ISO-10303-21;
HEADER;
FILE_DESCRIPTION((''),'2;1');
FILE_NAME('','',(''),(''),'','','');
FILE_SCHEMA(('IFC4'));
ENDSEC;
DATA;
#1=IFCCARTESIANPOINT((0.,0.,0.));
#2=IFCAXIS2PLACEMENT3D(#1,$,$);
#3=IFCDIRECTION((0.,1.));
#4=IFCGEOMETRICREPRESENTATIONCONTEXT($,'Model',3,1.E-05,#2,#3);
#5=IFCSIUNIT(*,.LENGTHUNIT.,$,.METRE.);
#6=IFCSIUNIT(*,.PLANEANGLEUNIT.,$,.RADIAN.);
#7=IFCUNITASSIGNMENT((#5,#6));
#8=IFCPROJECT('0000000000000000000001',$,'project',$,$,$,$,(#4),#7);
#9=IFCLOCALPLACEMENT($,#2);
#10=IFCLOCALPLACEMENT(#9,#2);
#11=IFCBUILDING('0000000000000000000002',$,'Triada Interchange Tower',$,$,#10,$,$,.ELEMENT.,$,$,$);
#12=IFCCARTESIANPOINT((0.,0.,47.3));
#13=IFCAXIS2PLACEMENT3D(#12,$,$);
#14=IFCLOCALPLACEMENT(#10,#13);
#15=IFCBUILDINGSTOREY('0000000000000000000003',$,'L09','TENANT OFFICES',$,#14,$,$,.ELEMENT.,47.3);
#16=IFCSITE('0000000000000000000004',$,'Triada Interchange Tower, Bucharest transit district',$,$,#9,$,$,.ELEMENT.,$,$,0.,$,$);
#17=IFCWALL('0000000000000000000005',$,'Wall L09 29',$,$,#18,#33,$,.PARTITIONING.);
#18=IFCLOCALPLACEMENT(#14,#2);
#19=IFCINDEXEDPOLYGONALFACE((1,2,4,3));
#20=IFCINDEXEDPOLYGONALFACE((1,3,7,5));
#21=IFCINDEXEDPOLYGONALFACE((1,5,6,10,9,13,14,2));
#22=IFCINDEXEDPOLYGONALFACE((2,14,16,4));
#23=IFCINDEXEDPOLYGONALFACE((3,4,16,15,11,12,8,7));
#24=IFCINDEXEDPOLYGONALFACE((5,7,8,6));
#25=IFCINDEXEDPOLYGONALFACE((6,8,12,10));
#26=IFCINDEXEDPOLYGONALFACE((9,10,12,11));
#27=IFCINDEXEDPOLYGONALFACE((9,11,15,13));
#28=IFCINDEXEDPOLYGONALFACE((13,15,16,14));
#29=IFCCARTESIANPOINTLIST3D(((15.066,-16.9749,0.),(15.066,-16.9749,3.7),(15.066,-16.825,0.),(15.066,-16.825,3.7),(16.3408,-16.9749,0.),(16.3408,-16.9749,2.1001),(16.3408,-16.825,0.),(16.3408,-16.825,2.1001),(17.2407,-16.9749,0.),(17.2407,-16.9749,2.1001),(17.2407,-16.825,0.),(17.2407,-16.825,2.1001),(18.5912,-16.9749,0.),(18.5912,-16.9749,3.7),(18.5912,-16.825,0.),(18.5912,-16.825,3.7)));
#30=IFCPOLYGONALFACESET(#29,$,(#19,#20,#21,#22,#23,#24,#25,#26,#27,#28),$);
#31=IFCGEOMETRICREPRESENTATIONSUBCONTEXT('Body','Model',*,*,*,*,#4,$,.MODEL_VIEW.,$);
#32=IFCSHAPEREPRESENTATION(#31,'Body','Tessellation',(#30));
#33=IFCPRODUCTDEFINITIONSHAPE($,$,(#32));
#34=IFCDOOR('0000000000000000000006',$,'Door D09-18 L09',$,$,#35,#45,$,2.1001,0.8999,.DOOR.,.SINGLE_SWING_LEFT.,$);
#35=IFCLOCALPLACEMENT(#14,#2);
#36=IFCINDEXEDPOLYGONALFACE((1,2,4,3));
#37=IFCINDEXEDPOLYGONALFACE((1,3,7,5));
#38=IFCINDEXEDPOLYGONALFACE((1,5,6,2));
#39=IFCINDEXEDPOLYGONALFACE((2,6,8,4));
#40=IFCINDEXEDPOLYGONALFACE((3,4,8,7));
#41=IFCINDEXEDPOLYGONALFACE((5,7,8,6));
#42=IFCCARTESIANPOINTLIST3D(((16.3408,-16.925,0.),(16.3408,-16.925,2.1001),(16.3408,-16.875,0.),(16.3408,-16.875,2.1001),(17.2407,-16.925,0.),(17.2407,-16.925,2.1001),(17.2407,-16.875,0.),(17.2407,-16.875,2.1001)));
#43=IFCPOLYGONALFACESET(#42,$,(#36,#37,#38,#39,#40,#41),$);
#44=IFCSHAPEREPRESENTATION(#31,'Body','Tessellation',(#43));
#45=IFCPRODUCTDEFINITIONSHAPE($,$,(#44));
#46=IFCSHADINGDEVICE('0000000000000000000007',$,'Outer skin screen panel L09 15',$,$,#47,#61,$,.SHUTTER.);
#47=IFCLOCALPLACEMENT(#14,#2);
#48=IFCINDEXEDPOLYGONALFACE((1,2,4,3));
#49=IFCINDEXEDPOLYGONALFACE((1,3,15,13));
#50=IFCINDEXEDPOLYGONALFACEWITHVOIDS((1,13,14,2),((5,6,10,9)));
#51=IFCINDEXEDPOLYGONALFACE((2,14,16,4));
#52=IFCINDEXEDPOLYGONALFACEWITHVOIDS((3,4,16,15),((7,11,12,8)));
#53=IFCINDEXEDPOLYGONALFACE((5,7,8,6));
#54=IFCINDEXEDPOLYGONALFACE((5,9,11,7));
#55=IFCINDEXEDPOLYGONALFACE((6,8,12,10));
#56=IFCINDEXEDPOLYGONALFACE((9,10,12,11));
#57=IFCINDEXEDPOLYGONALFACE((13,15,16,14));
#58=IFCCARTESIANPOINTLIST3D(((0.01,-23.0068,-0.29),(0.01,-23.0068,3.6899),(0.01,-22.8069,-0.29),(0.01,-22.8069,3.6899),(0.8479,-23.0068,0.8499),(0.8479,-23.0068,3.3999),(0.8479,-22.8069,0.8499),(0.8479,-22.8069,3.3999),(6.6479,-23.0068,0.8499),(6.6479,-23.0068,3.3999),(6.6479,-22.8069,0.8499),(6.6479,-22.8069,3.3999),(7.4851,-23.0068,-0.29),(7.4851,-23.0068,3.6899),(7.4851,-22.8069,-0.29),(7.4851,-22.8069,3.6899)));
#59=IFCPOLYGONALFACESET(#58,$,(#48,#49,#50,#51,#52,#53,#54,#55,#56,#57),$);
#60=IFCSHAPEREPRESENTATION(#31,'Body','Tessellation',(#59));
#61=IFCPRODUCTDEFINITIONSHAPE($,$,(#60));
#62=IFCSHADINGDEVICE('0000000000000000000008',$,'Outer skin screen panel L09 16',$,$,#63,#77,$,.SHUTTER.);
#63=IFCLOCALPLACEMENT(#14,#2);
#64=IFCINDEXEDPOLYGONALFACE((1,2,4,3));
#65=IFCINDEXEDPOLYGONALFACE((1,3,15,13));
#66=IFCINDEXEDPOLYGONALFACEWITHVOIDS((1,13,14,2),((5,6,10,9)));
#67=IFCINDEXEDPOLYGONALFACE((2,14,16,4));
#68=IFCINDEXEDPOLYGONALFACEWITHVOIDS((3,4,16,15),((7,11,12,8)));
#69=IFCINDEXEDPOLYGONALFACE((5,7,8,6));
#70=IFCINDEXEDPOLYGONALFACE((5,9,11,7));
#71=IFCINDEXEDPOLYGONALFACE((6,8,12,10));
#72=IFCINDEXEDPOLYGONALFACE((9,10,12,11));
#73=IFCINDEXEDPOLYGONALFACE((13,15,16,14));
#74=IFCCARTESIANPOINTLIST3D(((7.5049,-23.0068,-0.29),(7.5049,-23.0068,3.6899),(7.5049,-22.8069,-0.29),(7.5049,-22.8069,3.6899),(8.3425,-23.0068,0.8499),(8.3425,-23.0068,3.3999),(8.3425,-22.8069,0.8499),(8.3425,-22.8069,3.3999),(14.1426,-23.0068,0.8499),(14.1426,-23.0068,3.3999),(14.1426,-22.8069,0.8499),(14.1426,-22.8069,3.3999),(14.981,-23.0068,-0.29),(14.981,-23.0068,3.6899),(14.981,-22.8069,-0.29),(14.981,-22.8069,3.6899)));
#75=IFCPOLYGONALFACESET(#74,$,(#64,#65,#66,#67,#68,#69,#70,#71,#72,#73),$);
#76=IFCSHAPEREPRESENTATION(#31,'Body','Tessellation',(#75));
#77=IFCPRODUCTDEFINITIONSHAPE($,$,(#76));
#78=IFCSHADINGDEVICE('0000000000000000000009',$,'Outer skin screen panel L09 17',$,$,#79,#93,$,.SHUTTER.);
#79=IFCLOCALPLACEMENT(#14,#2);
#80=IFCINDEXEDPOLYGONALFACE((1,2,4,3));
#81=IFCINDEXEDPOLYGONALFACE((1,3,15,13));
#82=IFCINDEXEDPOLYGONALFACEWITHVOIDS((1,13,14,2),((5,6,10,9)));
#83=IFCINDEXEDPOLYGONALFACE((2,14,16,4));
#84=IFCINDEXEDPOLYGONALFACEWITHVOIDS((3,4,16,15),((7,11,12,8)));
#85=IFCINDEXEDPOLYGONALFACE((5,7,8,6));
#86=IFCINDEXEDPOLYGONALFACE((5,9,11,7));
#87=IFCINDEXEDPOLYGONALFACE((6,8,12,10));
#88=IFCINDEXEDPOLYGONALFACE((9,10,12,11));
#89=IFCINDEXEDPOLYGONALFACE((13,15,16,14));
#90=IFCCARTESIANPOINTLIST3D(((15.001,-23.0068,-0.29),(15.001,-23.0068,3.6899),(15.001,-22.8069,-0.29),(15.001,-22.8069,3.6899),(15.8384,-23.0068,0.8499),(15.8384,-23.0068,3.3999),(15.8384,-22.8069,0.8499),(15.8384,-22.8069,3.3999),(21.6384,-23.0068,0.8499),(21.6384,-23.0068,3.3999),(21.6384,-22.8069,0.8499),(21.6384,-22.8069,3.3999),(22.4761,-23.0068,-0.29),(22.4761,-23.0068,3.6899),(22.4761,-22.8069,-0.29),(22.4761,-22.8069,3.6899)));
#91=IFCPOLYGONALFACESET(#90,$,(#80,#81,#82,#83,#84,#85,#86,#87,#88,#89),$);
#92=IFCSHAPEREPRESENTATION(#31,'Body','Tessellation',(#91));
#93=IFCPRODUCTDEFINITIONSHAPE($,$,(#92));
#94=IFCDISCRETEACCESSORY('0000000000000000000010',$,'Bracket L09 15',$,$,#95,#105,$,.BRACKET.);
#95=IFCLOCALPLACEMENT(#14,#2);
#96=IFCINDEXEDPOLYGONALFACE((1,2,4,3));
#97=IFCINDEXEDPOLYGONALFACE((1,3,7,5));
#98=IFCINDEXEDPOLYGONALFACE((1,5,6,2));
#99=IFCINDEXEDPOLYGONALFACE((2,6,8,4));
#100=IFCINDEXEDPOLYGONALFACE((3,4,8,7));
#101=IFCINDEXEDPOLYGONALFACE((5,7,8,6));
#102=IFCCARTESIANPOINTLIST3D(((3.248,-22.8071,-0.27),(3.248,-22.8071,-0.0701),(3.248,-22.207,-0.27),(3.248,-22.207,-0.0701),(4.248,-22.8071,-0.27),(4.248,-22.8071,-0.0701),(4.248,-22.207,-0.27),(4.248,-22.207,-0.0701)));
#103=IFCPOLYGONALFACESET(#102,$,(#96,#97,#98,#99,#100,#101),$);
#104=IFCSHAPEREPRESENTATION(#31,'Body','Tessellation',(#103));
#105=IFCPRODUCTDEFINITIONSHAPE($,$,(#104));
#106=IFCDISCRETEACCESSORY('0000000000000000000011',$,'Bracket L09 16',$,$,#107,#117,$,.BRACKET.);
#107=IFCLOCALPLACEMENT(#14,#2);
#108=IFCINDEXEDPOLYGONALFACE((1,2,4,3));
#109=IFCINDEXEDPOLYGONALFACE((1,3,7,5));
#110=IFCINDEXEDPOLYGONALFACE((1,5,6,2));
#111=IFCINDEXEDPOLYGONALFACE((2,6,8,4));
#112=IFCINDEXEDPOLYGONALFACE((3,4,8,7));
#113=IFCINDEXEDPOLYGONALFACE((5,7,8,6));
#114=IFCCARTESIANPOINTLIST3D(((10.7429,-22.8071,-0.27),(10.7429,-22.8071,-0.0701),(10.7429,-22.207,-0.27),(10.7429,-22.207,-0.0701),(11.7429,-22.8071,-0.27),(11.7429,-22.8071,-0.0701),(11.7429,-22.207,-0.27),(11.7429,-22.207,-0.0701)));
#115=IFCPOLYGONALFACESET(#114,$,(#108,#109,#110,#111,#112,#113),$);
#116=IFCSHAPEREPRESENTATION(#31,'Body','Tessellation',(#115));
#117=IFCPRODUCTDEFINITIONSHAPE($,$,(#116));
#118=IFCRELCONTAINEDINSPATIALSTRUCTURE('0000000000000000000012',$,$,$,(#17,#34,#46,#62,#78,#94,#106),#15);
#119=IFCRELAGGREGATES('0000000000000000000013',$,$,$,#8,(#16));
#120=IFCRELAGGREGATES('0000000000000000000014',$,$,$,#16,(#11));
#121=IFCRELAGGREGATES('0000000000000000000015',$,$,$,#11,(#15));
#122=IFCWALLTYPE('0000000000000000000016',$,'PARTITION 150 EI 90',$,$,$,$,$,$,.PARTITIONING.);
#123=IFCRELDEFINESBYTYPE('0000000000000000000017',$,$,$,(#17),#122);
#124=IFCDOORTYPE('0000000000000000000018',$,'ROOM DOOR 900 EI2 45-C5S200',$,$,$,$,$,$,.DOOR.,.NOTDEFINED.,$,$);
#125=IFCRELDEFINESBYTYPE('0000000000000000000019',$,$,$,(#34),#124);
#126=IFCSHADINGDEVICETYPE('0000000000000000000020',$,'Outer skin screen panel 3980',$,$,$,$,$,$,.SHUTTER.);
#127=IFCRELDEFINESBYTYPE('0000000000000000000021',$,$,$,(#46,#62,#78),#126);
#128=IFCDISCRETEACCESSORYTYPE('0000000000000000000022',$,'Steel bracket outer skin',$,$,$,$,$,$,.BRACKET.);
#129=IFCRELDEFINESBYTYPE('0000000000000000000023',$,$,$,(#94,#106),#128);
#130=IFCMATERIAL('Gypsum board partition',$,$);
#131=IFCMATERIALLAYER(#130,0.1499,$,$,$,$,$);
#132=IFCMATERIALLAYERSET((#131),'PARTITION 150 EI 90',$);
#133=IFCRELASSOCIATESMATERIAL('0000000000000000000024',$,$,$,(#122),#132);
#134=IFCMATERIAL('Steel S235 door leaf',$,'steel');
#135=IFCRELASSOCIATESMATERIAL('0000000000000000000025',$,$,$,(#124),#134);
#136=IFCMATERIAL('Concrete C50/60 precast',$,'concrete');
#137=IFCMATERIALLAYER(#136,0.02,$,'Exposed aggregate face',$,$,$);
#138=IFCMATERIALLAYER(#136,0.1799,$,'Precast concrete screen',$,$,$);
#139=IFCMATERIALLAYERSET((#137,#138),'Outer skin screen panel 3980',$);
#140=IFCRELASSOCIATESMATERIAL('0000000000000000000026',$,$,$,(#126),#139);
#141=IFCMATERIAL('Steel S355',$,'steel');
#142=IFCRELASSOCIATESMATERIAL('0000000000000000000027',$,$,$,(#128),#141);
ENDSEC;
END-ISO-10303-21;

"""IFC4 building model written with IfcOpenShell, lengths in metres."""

from ifc_helpers import new_model, si_unit, direction, frame, frame_2d, origin, origin_2d, place, context, subcontext, project, spatial, polyline, rectangle, outline, extrude, material, layer, layer_set, type_object, element, fill, save


model = new_model("IFC4")

# Units and contexts
model_context = context("Model", 3, precision=1e-05, world=origin(), true_north=direction((0.0, 1.0)))
body_context = subcontext(model_context, "Body", "Model", "MODEL_VIEW")
ifc_project = project(units=[si_unit("LENGTHUNIT", "METRE"), si_unit("PLANEANGLEUNIT", "RADIAN")], contexts=[model_context])

# Site, building, storey
site_placement = place(None, origin())
site = spatial("IfcSite", under=ifc_project, at=site_placement, Name="Triada Interchange Tower, Bucharest transit district", CompositionType="ELEMENT", RefElevation=0.0)
building_placement = place(site_placement, origin())
building = spatial("IfcBuilding", under=site, at=building_placement, Name="Triada Interchange Tower", CompositionType="ELEMENT")
storey_placement = place(building_placement, frame((0.0, 0.0, 47.3)))
storey = spatial("IfcBuildingStorey", under=building, at=storey_placement, Name="L09", Description="TENANT OFFICES", CompositionType="ELEMENT", Elevation=47.3)

# Shared definitions
ifc_material_1 = material(Name="Gypsum board partition")

# Wall, opening, door
ifc_layer_1 = layer(ifc_material_1, 0.1499)
ifc_layer_set_1 = layer_set([ifc_layer_1], Name="PARTITION 150 EI 90")
wall_type_1 = type_object("IfcWallType", Name="PARTITION 150 EI 90", PredefinedType="PARTITIONING", material=ifc_layer_set_1)
wall_1_placement = place(storey_placement, frame((15.0659, -16.8999, 0.0), z_axis=(0.0, 0.0, 1.0), x_axis=(1.0, 0.0, 0.0)))
wall_1 = element("IfcWall", 1, at=wall_1_placement, inside=storey, type_object=wall_type_1, Name="Wall L09 29", PredefinedType="PARTITIONING", context=body_context, shape_type="SweptSolid", body=[
    extrude(rectangle(XDim=3.5251, YDim=0.1499, at=frame_2d((1.7627, 0.0))), origin(), (0.0, 0.0, 1.0), 3.7),
])
opening_placement = place(wall_1_placement, frame((1.2749, 0.0, 0.0)))
opening = element("IfcOpeningElement", 2, at=opening_placement, cuts=wall_1, PredefinedType="OPENING", context=body_context, shape_type="SweptSolid", body=[
    extrude(rectangle(XDim=0.8999, YDim=2.1001, at=frame_2d((0.45, 1.05))), frame((0.0, 0.085, 0.0), z_axis=(0.0, -1.0, 0.0), x_axis=(1.0, 0.0, 0.0)), (0.0, 0.0, 1.0), 0.1699),
])
ifc_material_2 = material(Name="Steel S235 door leaf", Category="steel")
door_type = type_object("IfcDoorType", Name="ROOM DOOR 900 EI2 45-C5S200", OperationType="NOTDEFINED", PredefinedType="DOOR", material=ifc_material_2)
door_placement = place(opening_placement, origin())
door = element("IfcDoor", 3, at=door_placement, inside=storey, type_object=door_type, Name="Door D09-18 L09", OperationType="SINGLE_SWING_LEFT", OverallHeight=2.1001, OverallWidth=0.8999, PredefinedType="DOOR", context=body_context, shape_type="SweptSolid", body=[
    extrude(rectangle(XDim=0.8999, YDim=2.1001, at=frame_2d((0.45, 1.05))), frame((0.0, 0.0249, 0.0), z_axis=(0.0, -1.0, 0.0), x_axis=(1.0, 0.0, 0.0)), (0.0, 0.0, 1.0), 0.05),
])
fill(opening, door)

# Shading devices
ifc_material_3 = material(Name="Concrete C50/60 precast", Category="concrete")
ifc_layer_2 = layer(ifc_material_3, 0.02, Name="Exposed aggregate face")
ifc_layer_3 = layer(ifc_material_3, 0.1799, Name="Precast concrete screen")
ifc_layer_set_2 = layer_set([ifc_layer_2, ifc_layer_3], Name="Outer skin screen panel 3980")
shading_device_type = type_object("IfcShadingDeviceType", Name="Outer skin screen panel 3980", PredefinedType="SHUTTER", material=ifc_layer_set_2)
shading_device_1_placement = place(storey_placement, frame((0.01, -22.8069, -0.29), z_axis=(0.0, 0.0, 1.0), x_axis=(1.0, 0.0, 0.0)))
element("IfcShadingDevice", 4, at=shading_device_1_placement, inside=storey, type_object=shading_device_type, Name="Outer skin screen panel L09 15", PredefinedType="SHUTTER", context=body_context, shape_type="SweptSolid", body=[
    extrude(outline(polyline([(0.0, 0.0), (7.4751, 0.0), (7.4751, 3.98), (0.0, 3.98), (0.0, 0.0)]), holes=[polyline([(0.8379, 1.1399), (0.8379, 3.6899), (6.6379, 3.6899), (6.6379, 1.1399), (0.8379, 1.1399)])]), frame((0.0, 0.0, 0.0), z_axis=(0.0, -1.0, 0.0), x_axis=(1.0, 0.0, 0.0)), (0.0, 0.0, 1.0), 0.2),
])
shading_device_2_placement = place(storey_placement, frame((7.5049, -22.8069, -0.29), z_axis=(0.0, 0.0, 1.0), x_axis=(1.0, 0.0, 0.0)))
element("IfcShadingDevice", 5, at=shading_device_2_placement, inside=storey, type_object=shading_device_type, Name="Outer skin screen panel L09 16", PredefinedType="SHUTTER", context=body_context, shape_type="SweptSolid", body=[
    extrude(outline(polyline([(0.0, 0.0), (7.4761, 0.0), (7.4761, 3.98), (0.0, 3.98), (0.0, 0.0)]), holes=[polyline([(0.8376, 1.1399), (0.8376, 3.6899), (6.6377, 3.6899), (6.6377, 1.1399), (0.8376, 1.1399)])]), frame((0.0, 0.0, 0.0), z_axis=(0.0, -1.0, 0.0), x_axis=(1.0, 0.0, 0.0)), (0.0, 0.0, 1.0), 0.2),
])
shading_device_3_placement = place(storey_placement, frame((15.001, -22.8069, -0.29), z_axis=(0.0, 0.0, 1.0), x_axis=(1.0, 0.0, 0.0)))
element("IfcShadingDevice", 6, at=shading_device_3_placement, inside=storey, type_object=shading_device_type, Name="Outer skin screen panel L09 17", PredefinedType="SHUTTER", context=body_context, shape_type="SweptSolid", body=[
    extrude(outline(polyline([(0.0, 0.0), (7.4751, 0.0), (7.4751, 3.98), (0.0, 3.98), (0.0, 0.0)]), holes=[polyline([(0.8374, 1.1399), (0.8374, 3.6899), (6.6375, 3.6899), (6.6375, 1.1399), (0.8374, 1.1399)])]), frame((0.0, 0.0, 0.0), z_axis=(0.0, -1.0, 0.0), x_axis=(1.0, 0.0, 0.0)), (0.0, 0.0, 1.0), 0.2),
])

# Discrete accessories
ifc_material_4 = material(Name="Steel S355", Category="steel")
discrete_accessory_type = type_object("IfcDiscreteAccessoryType", Name="Steel bracket outer skin", PredefinedType="BRACKET", material=ifc_material_4)
for number, where, z_axis, x_axis, name in (
    (7, (3.748, -22.5071, -0.27), (0.0, 0.0, 1.0), (0.0, -1.0, 0.0), "Bracket L09 15"),
    (8, (11.2429, -22.5071, -0.27), (0.0, 0.0, 1.0), (0.0, -1.0, 0.0), "Bracket L09 16"),
):
    element("IfcDiscreteAccessory", number, at=place(storey_placement, frame(where, z_axis=z_axis, x_axis=x_axis)), inside=storey, type_object=discrete_accessory_type, Name=name, PredefinedType="BRACKET", context=body_context, shape_type="SweptSolid", body=[
        extrude(rectangle(XDim=0.6001, YDim=1.0, at=origin_2d()), origin(), (0.0, 0.0, 1.0), 0.2),
    ])

save(model, "model.ifc")
